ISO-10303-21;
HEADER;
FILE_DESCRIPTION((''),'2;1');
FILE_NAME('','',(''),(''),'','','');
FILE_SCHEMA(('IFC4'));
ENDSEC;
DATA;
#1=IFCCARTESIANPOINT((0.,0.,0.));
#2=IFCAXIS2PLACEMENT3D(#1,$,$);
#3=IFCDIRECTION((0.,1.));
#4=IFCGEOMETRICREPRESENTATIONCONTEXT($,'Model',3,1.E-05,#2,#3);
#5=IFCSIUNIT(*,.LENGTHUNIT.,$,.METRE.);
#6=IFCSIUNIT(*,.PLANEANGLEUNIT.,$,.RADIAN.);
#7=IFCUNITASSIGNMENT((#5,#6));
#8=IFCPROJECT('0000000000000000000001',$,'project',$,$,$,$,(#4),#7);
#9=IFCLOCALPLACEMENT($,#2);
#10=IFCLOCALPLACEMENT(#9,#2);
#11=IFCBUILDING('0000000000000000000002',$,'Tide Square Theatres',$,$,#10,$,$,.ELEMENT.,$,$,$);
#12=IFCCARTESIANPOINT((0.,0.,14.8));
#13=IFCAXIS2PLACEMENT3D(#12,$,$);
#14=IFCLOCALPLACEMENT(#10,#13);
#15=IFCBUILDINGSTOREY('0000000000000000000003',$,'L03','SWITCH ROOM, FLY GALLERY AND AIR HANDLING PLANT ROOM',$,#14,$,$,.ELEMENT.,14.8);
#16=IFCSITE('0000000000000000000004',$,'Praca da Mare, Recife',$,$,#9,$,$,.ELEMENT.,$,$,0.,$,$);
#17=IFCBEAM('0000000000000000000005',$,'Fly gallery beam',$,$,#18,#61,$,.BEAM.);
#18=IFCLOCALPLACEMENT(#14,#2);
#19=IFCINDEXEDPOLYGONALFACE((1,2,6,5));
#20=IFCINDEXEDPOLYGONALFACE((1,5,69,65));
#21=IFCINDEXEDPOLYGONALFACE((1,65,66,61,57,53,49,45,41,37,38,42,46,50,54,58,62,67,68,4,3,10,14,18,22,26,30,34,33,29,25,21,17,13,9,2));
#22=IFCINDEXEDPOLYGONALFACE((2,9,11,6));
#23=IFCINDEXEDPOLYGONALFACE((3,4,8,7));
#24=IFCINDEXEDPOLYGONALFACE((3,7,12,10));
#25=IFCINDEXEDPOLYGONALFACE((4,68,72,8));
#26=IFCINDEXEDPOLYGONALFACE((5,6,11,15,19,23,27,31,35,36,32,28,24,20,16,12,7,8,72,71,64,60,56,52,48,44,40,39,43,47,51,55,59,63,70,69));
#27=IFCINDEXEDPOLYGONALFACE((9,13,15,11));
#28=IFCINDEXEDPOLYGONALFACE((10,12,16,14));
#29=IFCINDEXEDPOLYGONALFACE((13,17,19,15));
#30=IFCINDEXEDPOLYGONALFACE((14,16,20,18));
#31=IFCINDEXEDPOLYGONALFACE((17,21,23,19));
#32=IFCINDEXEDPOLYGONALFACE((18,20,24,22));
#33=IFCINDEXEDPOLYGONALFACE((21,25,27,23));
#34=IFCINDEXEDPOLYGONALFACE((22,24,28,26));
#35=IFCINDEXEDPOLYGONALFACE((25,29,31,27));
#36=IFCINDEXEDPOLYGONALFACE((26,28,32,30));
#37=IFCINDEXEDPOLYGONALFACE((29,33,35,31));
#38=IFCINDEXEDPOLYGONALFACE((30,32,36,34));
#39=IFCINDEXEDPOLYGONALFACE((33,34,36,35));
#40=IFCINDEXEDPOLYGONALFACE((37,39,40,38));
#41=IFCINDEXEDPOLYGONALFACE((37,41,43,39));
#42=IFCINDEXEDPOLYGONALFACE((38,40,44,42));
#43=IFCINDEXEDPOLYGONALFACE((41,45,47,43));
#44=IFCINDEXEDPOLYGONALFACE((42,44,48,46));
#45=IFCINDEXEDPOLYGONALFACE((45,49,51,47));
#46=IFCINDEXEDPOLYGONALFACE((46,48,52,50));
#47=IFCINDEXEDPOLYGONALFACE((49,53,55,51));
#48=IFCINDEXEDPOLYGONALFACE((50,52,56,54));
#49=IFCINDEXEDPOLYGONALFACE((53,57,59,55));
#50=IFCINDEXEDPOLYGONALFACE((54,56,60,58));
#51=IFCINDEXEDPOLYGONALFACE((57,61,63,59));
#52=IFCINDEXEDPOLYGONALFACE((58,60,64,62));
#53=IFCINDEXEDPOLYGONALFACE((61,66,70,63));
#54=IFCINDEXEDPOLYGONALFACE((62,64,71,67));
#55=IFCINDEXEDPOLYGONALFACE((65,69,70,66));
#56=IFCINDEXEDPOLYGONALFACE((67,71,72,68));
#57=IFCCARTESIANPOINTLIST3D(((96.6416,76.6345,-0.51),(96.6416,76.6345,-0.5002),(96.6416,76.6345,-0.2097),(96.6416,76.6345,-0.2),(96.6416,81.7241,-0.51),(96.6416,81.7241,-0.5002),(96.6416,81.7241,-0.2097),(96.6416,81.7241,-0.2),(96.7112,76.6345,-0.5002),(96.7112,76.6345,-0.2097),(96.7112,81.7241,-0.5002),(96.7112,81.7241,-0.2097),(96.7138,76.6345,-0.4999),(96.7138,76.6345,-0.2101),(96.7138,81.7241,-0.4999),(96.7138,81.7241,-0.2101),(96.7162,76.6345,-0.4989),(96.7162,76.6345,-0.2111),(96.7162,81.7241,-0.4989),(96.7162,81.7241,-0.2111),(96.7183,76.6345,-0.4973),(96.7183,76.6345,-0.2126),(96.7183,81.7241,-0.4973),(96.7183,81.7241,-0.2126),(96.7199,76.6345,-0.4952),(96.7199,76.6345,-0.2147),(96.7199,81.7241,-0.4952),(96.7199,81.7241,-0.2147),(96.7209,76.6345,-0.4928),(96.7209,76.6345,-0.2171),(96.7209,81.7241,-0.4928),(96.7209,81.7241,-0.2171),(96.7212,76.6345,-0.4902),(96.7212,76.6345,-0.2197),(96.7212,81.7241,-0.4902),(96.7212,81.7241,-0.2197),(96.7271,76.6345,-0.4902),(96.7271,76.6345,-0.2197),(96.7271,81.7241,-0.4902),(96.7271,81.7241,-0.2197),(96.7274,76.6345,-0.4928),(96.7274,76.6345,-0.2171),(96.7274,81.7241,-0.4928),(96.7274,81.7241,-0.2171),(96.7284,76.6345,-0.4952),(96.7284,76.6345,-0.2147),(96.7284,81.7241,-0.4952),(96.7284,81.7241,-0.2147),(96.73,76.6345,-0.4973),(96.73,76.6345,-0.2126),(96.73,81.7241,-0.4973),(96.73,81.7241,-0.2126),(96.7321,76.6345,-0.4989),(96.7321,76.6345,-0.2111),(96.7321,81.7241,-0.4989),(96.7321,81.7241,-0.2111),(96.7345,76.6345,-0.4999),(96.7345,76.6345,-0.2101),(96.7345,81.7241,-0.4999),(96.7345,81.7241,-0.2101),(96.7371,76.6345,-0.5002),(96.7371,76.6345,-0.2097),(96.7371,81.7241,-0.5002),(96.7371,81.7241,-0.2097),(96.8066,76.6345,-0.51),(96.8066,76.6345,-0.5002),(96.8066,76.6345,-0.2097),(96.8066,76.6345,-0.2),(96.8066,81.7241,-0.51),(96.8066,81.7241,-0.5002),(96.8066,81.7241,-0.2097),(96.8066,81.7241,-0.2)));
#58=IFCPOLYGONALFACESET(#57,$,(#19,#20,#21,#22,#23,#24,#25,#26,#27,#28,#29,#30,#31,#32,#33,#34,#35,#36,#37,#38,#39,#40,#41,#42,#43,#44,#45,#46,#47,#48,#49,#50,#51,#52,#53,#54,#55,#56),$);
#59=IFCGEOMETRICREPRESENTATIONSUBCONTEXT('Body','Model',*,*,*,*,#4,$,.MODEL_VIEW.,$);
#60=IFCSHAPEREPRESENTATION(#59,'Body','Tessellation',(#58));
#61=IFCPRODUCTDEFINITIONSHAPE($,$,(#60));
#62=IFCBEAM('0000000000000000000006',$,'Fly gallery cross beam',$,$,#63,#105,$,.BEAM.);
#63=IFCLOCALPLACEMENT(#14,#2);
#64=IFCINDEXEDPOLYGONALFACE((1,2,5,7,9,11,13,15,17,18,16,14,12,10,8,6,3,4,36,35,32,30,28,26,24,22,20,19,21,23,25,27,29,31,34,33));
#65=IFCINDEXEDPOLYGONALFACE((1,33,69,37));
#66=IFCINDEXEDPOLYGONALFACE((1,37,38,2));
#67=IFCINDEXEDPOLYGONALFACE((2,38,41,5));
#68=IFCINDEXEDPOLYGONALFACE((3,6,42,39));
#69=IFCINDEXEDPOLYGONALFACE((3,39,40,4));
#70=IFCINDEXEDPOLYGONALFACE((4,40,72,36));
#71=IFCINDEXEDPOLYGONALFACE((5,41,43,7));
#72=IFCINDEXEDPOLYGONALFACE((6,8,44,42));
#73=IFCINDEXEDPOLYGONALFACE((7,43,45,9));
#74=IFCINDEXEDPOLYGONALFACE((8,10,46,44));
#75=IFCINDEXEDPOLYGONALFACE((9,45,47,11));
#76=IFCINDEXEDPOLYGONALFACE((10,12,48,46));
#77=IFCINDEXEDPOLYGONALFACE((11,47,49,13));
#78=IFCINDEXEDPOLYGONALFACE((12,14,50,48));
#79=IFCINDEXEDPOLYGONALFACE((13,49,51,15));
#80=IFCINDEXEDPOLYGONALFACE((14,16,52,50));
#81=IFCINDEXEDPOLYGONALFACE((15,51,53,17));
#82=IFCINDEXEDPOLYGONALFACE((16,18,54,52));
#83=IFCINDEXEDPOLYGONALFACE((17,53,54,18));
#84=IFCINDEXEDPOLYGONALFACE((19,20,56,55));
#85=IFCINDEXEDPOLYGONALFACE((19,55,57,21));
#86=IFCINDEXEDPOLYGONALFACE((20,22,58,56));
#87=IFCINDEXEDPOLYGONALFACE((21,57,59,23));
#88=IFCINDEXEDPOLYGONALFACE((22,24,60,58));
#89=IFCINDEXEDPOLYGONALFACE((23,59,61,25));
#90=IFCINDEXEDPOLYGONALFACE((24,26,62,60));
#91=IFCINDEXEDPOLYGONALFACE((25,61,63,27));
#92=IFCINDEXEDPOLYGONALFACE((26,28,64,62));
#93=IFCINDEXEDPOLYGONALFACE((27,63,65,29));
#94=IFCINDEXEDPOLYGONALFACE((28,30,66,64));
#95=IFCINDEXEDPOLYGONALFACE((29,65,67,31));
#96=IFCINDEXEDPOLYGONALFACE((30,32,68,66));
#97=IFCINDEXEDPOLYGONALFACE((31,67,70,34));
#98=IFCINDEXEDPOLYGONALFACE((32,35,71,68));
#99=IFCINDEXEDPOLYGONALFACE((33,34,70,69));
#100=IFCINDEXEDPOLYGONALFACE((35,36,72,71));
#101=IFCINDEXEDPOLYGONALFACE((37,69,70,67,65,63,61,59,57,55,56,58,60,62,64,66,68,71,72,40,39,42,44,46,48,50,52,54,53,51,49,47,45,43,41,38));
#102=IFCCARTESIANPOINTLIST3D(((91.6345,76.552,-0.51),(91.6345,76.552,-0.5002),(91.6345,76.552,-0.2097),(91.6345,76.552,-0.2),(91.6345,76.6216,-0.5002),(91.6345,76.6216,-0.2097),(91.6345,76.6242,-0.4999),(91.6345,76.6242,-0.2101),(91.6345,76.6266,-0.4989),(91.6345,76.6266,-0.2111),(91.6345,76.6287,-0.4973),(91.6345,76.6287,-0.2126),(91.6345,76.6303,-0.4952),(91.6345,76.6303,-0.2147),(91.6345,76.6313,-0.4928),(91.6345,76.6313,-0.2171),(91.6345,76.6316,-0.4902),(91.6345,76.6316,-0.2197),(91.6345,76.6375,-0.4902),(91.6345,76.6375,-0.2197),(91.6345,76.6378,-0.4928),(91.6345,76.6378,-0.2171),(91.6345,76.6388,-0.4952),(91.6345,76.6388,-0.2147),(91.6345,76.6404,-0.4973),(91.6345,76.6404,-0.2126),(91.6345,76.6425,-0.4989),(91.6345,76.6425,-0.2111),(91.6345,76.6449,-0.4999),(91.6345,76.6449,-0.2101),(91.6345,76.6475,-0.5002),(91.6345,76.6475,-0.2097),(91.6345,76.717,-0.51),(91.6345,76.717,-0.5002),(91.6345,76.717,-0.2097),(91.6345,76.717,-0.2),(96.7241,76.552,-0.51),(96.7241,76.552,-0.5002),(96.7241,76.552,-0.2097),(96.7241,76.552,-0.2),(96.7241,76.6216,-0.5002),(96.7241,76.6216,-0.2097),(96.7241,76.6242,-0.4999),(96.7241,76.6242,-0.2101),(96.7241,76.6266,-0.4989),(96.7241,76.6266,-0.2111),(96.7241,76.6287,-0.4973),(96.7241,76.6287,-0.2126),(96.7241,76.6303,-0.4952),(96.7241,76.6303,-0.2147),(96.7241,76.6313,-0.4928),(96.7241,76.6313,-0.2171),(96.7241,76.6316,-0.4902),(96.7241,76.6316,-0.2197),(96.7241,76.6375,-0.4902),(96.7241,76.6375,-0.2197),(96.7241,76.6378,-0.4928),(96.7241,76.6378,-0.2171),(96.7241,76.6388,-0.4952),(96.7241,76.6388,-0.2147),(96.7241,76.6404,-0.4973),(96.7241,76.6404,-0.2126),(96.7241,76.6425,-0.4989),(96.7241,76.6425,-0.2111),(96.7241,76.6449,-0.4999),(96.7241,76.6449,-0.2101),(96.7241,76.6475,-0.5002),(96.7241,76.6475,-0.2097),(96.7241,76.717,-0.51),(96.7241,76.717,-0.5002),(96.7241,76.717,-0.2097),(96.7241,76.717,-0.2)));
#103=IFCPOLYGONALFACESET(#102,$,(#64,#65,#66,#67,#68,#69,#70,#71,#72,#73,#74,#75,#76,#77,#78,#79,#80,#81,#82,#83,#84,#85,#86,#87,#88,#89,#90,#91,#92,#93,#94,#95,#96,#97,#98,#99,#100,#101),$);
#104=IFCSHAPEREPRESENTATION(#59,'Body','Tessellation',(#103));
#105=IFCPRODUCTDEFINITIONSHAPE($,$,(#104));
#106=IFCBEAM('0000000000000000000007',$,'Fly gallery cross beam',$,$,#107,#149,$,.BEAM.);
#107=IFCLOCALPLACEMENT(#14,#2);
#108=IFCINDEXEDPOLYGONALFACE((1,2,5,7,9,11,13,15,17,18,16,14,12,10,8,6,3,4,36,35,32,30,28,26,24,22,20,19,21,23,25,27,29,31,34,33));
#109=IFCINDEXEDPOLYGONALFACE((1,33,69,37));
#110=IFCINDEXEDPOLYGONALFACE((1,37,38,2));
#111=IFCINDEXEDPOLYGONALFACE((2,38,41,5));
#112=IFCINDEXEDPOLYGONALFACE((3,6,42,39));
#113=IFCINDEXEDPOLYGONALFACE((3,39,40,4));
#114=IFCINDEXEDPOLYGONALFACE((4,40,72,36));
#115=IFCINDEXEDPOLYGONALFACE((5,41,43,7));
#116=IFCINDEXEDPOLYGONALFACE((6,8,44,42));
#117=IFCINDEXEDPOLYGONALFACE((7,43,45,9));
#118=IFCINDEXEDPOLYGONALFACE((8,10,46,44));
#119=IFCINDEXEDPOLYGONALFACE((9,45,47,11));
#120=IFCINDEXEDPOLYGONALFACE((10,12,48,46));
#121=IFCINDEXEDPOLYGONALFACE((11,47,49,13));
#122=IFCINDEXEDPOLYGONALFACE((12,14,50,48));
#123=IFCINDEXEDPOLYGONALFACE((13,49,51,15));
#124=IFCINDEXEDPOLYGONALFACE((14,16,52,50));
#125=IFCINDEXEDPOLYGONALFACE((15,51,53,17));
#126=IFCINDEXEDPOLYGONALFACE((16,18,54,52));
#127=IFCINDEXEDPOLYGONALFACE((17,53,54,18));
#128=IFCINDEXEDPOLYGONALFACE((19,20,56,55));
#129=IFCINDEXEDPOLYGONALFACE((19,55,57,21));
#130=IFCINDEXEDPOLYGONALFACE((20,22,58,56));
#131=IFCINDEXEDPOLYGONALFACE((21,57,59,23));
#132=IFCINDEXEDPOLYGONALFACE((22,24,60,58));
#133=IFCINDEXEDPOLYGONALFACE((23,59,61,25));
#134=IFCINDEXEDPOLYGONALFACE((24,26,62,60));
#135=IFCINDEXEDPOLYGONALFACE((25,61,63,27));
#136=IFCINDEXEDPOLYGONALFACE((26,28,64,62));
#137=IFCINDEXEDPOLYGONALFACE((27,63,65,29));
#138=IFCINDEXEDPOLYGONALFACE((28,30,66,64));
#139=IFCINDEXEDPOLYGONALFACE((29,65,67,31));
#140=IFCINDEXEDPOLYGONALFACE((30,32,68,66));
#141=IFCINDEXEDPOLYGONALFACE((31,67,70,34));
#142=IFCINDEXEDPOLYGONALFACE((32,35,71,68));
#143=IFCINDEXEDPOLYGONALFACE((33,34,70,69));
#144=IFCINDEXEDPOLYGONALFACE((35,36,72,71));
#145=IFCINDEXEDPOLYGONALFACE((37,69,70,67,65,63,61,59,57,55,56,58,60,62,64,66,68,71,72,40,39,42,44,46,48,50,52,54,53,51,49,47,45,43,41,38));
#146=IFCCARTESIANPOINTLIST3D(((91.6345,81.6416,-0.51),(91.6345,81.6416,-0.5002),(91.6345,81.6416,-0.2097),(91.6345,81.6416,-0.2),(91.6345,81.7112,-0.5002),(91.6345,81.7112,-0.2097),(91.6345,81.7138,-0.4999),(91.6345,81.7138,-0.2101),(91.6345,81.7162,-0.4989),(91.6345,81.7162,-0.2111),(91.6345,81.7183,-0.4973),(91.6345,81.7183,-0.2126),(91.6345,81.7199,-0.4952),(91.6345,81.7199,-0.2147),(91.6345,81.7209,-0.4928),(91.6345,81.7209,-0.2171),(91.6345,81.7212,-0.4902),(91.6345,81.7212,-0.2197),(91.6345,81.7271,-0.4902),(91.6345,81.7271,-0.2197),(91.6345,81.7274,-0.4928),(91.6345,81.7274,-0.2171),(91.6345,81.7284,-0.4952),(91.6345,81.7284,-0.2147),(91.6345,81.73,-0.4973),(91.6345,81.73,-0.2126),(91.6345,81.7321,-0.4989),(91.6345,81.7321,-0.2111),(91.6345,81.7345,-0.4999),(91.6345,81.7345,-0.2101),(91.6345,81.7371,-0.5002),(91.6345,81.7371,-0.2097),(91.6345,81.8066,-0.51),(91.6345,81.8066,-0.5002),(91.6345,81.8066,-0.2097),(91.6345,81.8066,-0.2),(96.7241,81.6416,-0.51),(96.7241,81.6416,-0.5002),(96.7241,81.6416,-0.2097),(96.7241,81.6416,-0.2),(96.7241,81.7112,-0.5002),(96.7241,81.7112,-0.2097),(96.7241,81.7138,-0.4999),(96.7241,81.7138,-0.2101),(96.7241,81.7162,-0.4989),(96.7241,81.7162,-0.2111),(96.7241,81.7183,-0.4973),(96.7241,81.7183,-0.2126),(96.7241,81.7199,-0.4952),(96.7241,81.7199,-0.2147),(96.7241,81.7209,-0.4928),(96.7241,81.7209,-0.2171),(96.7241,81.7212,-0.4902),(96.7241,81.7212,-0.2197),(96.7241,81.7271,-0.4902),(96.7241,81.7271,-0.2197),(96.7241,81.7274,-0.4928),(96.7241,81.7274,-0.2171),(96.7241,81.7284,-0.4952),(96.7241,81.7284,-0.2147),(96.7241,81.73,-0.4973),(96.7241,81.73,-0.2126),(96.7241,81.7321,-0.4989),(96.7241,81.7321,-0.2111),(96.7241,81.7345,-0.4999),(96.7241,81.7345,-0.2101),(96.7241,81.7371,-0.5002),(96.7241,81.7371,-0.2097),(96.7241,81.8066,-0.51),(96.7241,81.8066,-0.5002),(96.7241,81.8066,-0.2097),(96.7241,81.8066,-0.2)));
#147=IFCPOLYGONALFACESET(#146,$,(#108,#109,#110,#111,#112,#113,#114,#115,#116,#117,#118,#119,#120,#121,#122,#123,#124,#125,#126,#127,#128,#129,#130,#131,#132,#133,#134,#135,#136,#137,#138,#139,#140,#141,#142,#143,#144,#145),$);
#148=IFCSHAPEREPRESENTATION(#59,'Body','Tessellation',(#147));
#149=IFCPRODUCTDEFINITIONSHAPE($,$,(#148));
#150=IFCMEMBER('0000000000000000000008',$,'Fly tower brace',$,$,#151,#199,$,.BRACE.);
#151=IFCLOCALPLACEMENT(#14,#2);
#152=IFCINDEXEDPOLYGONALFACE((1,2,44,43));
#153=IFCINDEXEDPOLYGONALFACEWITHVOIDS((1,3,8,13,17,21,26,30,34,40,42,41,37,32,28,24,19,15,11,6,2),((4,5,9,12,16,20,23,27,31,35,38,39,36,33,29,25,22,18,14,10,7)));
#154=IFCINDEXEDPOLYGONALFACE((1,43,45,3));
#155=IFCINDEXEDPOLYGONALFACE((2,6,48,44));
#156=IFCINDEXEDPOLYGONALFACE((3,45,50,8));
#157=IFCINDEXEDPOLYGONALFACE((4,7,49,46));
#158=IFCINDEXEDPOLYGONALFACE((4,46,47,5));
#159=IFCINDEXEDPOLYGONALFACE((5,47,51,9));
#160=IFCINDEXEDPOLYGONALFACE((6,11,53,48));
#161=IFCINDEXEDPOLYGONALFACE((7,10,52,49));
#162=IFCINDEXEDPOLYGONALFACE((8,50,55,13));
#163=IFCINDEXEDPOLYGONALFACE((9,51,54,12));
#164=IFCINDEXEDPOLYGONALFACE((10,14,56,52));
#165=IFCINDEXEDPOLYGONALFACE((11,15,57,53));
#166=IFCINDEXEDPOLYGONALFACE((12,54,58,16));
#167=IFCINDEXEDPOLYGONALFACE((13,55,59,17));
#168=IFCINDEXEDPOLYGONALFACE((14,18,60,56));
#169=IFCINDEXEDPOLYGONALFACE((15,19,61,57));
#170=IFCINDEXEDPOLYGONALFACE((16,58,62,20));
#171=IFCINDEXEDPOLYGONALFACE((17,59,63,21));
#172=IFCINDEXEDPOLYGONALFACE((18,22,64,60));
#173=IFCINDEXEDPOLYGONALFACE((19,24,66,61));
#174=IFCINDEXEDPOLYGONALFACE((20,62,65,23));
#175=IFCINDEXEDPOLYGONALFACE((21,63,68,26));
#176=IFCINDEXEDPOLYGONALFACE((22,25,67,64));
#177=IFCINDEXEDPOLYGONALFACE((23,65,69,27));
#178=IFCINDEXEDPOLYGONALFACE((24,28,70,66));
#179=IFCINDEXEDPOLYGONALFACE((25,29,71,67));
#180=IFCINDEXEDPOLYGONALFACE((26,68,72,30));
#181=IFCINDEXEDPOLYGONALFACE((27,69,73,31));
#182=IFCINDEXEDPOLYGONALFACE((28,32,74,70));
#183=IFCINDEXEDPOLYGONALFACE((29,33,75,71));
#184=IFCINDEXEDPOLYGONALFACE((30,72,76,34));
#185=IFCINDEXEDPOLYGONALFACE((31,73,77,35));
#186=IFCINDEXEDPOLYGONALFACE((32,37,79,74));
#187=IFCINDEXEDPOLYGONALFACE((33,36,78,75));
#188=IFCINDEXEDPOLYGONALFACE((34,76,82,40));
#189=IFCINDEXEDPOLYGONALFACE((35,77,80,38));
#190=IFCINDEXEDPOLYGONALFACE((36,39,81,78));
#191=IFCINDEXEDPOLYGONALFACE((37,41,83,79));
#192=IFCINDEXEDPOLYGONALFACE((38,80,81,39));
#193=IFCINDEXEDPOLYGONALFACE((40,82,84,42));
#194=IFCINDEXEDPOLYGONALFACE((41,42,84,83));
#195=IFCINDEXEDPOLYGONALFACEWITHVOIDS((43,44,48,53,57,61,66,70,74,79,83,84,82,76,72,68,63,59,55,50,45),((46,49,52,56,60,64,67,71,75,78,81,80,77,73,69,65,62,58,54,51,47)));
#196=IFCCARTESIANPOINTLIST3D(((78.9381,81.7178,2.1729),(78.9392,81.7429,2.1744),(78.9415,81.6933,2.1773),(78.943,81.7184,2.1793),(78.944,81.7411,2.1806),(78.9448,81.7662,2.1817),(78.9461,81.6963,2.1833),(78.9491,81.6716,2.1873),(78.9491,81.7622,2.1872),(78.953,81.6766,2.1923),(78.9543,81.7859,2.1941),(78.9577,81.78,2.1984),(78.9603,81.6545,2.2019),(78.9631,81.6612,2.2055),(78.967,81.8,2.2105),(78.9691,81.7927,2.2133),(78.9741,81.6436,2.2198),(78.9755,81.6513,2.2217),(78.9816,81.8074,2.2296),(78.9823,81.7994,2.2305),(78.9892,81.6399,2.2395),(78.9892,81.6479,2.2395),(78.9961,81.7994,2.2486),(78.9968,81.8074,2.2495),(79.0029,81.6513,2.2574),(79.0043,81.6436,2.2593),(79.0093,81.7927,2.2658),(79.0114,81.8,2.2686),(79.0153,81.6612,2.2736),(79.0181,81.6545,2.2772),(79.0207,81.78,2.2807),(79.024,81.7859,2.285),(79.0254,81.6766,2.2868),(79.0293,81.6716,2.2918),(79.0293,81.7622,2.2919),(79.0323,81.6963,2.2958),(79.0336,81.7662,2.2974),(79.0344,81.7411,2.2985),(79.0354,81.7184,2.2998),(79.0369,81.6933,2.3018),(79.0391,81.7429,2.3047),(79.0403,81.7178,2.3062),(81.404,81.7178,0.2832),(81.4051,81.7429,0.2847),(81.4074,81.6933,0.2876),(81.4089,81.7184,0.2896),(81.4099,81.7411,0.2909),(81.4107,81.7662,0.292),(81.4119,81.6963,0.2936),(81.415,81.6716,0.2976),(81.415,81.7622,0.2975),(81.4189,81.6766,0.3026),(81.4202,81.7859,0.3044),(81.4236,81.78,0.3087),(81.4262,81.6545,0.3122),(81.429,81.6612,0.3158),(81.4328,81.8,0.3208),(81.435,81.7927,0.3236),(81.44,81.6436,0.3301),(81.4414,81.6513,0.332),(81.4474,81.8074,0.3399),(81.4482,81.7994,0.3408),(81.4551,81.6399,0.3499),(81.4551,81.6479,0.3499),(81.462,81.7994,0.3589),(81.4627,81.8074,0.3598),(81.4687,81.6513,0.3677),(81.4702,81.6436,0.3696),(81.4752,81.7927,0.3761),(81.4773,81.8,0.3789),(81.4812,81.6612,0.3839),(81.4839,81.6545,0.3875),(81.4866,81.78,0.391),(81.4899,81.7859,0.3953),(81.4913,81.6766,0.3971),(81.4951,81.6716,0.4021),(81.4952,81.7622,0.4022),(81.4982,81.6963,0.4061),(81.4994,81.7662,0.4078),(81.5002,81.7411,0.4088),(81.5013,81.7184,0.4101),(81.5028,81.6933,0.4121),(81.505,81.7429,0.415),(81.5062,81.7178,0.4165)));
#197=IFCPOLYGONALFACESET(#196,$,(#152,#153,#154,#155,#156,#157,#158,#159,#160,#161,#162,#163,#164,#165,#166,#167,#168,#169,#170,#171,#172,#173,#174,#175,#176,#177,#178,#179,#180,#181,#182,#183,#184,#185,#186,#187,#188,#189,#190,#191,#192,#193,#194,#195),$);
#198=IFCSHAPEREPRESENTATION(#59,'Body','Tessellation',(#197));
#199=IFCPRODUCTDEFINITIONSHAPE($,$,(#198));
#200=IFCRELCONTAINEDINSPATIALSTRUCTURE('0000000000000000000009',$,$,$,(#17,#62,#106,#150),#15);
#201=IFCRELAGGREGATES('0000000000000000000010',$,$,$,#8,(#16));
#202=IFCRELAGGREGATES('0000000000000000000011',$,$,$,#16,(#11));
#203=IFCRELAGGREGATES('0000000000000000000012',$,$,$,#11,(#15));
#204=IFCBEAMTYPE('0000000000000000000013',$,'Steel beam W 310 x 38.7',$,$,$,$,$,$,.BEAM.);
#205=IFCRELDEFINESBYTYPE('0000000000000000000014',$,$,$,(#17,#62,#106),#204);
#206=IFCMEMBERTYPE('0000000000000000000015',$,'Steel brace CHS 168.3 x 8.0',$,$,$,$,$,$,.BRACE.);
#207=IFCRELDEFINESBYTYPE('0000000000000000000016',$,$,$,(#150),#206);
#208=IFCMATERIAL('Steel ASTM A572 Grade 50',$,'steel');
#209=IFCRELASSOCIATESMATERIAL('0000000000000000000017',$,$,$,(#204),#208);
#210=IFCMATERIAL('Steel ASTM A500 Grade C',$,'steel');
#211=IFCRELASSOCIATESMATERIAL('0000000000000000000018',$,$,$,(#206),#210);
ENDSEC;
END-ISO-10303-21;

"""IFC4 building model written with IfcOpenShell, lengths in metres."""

from ifc_helpers import new_model, si_unit, direction, frame, origin, origin_2d, place, context, subcontext, project, spatial, hollow_circle, i_section, extrude, material, material_profile, profile_set, type_object, element, save


model = new_model("IFC4")

# Units and contexts
model_context = context("Model", 3, precision=1e-05, world=origin(), true_north=direction((0.0, 1.0)))
body_context = subcontext(model_context, "Body", "Model", "MODEL_VIEW")
ifc_project = project(units=[si_unit("LENGTHUNIT", "METRE"), si_unit("PLANEANGLEUNIT", "RADIAN")], contexts=[model_context])

# Site, building, storey
site_placement = place(None, origin())
site = spatial("IfcSite", under=ifc_project, at=site_placement, Name="Praca da Mare, Recife", CompositionType="ELEMENT", RefElevation=0.0)
building_placement = place(site_placement, origin())
building = spatial("IfcBuilding", under=site, at=building_placement, Name="Tide Square Theatres", CompositionType="ELEMENT")
storey_placement = place(building_placement, frame((0.0, 0.0, 14.8)))
storey = spatial("IfcBuildingStorey", under=building, at=storey_placement, Name="L03", Description="SWITCH ROOM, FLY GALLERY AND AIR HANDLING PLANT ROOM", CompositionType="ELEMENT", Elevation=14.8)

# Beams
ifc_material_1 = material(Name="Steel ASTM A572 Grade 50", Category="steel")
ifc_material_profile_1 = material_profile(ifc_material_1, i_section(OverallWidth=0.165, OverallDepth=0.3101, WebThickness=0.0059, FlangeThickness=0.0098, FilletRadius=0.01, at=origin_2d()))
ifc_profile_set_1 = profile_set([ifc_material_profile_1], Name="Steel ASTM A572 Grade 50")
beam_type = type_object("IfcBeamType", Name="Steel beam W 310 x 38.7", PredefinedType="BEAM", material=ifc_profile_set_1)
for number, where, z_axis, x_axis, name in (
    (1, (96.7241, 76.6345, -0.355), (0.0, 1.0, 0.0), (-1.0, 0.0, 0.0), "Fly gallery beam"),
    (2, (91.6345, 76.6345, -0.355), (1.0, 0.0, 0.0), (0.0, 1.0, 0.0), "Fly gallery cross beam"),
    (3, (91.6345, 81.7241, -0.355), (1.0, 0.0, 0.0), (0.0, 1.0, 0.0), "Fly gallery cross beam"),
):
    element("IfcBeam", number, at=place(storey_placement, frame(where, z_axis=z_axis, x_axis=x_axis)), inside=storey, type_object=beam_type, Name=name, PredefinedType="BEAM", context=body_context, shape_type="SweptSolid", body=[
        extrude(i_section(OverallWidth=0.165, OverallDepth=0.3101, WebThickness=0.0059, FlangeThickness=0.0098, FilletRadius=0.01, at=origin_2d()), origin(), (0.0, 0.0, 1.0), 5.0896),
    ])

# Member
ifc_material_2 = material(Name="Steel ASTM A500 Grade C", Category="steel")
ifc_material_profile_2 = material_profile(ifc_material_2, hollow_circle(Radius=0.0842, WallThickness=0.0081, at=origin_2d()))
ifc_profile_set_2 = profile_set([ifc_material_profile_2], Name="Steel ASTM A500 Grade C")
member_type = type_object("IfcMemberType", Name="Steel brace CHS 168.3 x 8.0", PredefinedType="BRACE", material=ifc_profile_set_2)
member_1_placement = place(storey_placement, frame((81.4551, 81.7241, 0.3499), z_axis=(-0.793733, 0.0, 0.608267), x_axis=(0.0, -1.0, 0.0)))
element("IfcMember", 4, at=member_1_placement, inside=storey, type_object=member_type, Name="Fly tower brace", PredefinedType="BRACE", context=body_context, shape_type="SweptSolid", body=[
    extrude(hollow_circle(Radius=0.0842, WallThickness=0.0081, at=origin_2d()), origin(), (0.0, 0.0, 1.0), 3.1067),
])

save(model, "model.ifc")
